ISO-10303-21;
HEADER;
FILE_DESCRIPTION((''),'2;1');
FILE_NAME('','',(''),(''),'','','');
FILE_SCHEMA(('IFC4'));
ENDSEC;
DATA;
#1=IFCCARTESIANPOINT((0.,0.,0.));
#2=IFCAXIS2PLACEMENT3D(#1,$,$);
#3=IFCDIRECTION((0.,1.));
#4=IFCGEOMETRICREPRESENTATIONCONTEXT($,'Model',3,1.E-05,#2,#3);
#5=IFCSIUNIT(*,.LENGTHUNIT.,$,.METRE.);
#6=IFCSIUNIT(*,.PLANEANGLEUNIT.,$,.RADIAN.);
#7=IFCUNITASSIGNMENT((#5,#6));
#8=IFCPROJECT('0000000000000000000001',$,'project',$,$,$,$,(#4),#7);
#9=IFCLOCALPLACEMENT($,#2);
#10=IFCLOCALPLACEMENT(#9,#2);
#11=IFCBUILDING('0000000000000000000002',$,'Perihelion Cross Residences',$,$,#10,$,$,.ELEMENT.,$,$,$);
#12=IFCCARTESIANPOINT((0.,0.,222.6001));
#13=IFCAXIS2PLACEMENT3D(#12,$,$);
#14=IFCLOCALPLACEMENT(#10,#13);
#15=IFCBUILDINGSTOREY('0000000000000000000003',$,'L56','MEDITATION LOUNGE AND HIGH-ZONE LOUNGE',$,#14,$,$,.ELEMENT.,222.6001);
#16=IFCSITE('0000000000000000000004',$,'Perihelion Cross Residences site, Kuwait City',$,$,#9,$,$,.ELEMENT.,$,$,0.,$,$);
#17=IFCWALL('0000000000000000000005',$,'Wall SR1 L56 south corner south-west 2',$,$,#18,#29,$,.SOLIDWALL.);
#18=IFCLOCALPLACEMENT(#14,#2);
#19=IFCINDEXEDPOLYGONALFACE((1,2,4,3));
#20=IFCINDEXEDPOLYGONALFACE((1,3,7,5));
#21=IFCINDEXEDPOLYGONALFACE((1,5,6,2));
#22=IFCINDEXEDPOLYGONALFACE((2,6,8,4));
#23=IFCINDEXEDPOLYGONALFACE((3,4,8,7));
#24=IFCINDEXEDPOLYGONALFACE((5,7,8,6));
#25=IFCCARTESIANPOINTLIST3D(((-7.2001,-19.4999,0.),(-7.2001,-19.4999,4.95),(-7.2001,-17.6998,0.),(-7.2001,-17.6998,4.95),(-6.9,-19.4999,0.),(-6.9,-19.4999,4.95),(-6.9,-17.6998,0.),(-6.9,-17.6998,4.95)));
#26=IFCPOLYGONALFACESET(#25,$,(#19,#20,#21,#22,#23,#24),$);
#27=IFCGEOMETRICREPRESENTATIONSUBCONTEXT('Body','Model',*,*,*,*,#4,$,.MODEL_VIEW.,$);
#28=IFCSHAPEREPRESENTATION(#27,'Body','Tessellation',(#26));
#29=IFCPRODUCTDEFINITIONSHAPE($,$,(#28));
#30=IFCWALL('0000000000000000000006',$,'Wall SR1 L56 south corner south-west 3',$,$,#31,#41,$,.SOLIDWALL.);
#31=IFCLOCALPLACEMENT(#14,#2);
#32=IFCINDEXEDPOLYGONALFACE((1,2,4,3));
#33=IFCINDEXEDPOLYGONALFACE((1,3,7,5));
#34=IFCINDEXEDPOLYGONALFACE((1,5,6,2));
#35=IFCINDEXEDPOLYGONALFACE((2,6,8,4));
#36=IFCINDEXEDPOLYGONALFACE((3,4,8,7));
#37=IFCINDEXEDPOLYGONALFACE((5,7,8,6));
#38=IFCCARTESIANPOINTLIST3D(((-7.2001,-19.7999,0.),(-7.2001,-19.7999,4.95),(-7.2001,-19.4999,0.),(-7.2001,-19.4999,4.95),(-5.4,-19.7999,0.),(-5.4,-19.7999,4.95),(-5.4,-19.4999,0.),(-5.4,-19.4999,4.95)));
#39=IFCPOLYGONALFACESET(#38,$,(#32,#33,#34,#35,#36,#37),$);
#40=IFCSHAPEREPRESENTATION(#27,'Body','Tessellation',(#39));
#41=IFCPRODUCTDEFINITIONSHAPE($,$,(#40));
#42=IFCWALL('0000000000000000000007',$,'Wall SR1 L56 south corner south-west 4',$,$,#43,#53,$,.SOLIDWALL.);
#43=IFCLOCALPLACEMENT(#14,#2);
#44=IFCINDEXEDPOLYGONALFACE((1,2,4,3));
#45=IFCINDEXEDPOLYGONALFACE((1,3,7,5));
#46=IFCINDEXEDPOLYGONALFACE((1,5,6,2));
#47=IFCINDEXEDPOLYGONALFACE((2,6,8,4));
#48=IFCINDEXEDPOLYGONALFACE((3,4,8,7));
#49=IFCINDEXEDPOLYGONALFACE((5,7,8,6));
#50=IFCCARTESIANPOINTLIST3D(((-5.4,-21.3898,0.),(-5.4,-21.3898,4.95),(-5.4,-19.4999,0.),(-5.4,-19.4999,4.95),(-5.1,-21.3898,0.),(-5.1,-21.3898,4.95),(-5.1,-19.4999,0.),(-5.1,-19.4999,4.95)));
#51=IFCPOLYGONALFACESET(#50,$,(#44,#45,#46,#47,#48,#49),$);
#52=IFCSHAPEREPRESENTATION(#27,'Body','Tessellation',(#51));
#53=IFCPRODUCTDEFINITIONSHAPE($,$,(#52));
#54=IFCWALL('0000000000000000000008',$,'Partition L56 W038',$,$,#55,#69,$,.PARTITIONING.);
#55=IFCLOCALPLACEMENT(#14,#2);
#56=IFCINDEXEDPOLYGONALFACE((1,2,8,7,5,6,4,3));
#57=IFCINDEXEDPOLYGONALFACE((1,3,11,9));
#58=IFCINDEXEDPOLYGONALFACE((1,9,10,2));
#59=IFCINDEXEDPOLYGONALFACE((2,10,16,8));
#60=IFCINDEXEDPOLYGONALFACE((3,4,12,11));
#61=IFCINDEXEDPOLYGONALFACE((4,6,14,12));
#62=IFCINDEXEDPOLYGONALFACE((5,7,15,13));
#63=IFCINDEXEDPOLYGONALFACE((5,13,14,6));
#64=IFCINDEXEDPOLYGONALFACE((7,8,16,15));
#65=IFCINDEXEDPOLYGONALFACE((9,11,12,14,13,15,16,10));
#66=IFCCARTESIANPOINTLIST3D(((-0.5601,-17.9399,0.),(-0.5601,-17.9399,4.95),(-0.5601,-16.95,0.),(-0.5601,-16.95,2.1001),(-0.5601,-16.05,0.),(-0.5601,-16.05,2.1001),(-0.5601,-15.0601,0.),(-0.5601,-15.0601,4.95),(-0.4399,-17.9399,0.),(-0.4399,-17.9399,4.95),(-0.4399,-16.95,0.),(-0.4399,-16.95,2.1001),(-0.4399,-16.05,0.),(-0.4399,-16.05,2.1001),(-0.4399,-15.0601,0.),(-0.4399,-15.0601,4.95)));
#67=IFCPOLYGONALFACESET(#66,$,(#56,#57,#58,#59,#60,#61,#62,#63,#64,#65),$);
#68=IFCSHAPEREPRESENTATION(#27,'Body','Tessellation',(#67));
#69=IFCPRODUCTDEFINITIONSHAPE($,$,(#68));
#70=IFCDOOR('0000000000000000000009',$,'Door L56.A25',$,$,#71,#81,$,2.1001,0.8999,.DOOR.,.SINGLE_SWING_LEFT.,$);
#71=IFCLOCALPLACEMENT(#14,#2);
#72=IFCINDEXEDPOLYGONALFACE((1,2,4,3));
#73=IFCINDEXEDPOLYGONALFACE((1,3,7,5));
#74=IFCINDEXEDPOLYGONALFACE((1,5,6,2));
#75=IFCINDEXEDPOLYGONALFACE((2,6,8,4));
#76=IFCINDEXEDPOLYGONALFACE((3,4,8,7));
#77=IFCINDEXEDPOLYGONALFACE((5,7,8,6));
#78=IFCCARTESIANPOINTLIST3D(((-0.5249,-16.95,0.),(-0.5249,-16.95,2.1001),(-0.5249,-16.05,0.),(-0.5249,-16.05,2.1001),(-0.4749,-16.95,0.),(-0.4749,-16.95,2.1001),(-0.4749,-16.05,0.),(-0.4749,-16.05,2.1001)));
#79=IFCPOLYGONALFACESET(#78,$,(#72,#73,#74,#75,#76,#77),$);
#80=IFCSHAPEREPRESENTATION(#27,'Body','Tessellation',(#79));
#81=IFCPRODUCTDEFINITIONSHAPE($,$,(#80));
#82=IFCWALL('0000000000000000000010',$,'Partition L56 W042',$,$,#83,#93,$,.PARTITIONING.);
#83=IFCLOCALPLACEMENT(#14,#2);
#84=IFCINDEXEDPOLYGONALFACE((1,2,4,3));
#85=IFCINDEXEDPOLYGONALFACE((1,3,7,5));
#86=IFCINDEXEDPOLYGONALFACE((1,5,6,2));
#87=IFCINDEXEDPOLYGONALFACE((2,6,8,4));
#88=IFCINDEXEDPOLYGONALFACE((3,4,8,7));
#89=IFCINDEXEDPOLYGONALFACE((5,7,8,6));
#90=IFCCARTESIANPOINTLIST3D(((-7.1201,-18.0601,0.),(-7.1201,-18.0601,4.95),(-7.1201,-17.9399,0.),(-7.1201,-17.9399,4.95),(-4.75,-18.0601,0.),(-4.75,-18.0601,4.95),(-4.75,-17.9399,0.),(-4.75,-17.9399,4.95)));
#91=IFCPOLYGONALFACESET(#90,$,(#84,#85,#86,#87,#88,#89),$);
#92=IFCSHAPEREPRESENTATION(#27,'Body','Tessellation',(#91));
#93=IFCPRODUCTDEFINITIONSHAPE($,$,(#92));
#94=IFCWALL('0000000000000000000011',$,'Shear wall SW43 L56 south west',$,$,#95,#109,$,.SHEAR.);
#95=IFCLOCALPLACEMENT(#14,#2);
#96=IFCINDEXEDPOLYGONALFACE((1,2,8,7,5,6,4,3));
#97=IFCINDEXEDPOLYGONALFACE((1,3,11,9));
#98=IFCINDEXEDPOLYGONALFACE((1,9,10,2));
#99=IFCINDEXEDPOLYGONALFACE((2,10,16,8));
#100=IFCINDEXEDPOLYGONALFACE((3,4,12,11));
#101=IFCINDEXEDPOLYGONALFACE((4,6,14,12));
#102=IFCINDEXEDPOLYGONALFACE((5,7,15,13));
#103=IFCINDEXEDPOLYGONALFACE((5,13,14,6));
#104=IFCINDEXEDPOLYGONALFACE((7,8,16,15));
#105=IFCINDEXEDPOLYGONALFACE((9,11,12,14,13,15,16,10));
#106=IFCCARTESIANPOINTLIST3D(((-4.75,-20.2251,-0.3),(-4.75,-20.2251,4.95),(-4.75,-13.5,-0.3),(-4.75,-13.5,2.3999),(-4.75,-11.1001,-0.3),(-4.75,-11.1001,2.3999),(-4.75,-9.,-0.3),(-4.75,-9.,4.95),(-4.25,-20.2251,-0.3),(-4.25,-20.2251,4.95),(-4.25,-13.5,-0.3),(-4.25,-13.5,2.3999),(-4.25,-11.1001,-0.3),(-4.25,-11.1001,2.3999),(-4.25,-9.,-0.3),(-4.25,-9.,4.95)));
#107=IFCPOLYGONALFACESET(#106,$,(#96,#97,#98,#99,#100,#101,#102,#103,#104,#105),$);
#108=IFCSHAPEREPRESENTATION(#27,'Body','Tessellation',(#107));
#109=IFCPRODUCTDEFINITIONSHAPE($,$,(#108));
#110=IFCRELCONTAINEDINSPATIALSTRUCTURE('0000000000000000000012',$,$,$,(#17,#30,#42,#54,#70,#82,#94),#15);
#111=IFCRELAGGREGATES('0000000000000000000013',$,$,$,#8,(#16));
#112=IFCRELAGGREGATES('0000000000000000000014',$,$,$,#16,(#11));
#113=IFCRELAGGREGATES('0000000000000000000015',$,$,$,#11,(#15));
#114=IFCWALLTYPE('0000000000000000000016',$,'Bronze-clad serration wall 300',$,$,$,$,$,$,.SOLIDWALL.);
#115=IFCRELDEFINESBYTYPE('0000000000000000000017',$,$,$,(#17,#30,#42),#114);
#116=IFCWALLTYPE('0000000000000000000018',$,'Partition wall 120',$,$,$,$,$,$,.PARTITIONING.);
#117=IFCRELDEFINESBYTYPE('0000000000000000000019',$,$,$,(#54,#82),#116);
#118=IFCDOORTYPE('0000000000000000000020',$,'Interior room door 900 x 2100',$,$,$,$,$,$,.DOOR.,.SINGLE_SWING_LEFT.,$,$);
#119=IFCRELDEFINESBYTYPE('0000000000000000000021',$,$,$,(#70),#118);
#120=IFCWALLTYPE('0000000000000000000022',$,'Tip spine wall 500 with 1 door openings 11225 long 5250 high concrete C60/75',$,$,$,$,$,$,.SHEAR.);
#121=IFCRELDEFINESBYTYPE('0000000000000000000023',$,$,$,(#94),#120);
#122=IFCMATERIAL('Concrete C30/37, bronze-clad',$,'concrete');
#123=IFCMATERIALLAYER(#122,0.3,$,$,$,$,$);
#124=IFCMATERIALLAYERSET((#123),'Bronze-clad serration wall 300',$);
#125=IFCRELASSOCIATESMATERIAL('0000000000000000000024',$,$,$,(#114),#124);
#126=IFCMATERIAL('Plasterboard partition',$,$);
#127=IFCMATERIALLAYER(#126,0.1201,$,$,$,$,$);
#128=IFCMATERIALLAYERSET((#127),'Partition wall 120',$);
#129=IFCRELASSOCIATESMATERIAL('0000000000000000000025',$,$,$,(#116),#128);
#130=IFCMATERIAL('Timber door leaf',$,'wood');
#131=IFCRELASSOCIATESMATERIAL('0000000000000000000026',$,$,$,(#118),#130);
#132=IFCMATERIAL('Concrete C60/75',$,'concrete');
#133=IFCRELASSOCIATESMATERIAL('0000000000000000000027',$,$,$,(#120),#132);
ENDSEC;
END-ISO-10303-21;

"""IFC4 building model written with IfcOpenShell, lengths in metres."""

from ifc_helpers import new_model, si_unit, direction, frame, frame_2d, origin, place, context, subcontext, project, spatial, polyline, rectangle, outline, extrude, material, layer, layer_set, material_profile, profile_set, type_object, element, fill, save


model = new_model("IFC4")

# Units and contexts
model_context = context("Model", 3, precision=1e-05, world=origin(), true_north=direction((0.0, 1.0)))
body_context = subcontext(model_context, "Body", "Model", "MODEL_VIEW")
ifc_project = project(units=[si_unit("LENGTHUNIT", "METRE"), si_unit("PLANEANGLEUNIT", "RADIAN")], contexts=[model_context])

# Site, building, storey
site_placement = place(None, origin())
site = spatial("IfcSite", under=ifc_project, at=site_placement, Name="Perihelion Cross Residences site, Kuwait City", CompositionType="ELEMENT", RefElevation=0.0)
building_placement = place(site_placement, origin())
building = spatial("IfcBuilding", under=site, at=building_placement, Name="Perihelion Cross Residences", CompositionType="ELEMENT")
storey_placement = place(building_placement, frame((0.0, 0.0, 222.6001)))
storey = spatial("IfcBuildingStorey", under=building, at=storey_placement, Name="L56", Description="MEDITATION LOUNGE AND HIGH-ZONE LOUNGE", CompositionType="ELEMENT", Elevation=222.6001)

# Walls
ifc_material_1 = material(Name="Concrete C30/37, bronze-clad", Category="concrete")
ifc_layer_1 = layer(ifc_material_1, 0.3)
ifc_layer_set_1 = layer_set([ifc_layer_1], Name="Bronze-clad serration wall 300")
wall_type_1 = type_object("IfcWallType", Name="Bronze-clad serration wall 300", PredefinedType="SOLIDWALL", material=ifc_layer_set_1)
for number, where, z_axis, x_axis, name in (
    (1, (-7.05, -17.7, 0.0), (0.0, 0.0, 1.0), (0.0, -1.0, 0.0), "Wall SR1 L56 south corner south-west 2"),
    (2, (-7.2, -19.6499, 0.0), (0.0, 0.0, 1.0), (1.0, 0.0, 0.0), "Wall SR1 L56 south corner south-west 3"),
):
    element("IfcWall", number, at=place(storey_placement, frame(where, z_axis=z_axis, x_axis=x_axis)), inside=storey, type_object=wall_type_1, Name=name, PredefinedType="SOLIDWALL", context=body_context, shape_type="SweptSolid", body=[
        extrude(rectangle(XDim=1.8, YDim=0.3, at=frame_2d((0.8999, 0.0))), origin(), (0.0, 0.0, 1.0), 4.95),
    ])
wall_1_placement = place(storey_placement, frame((-5.25, -19.5, 0.0), z_axis=(0.0, 0.0, 1.0), x_axis=(0.0, -1.0, 0.0)))
element("IfcWall", 3, at=wall_1_placement, inside=storey, type_object=wall_type_1, Name="Wall SR1 L56 south corner south-west 4", PredefinedType="SOLIDWALL", context=body_context, shape_type="SweptSolid", body=[
    extrude(rectangle(XDim=1.8899, YDim=0.3, at=frame_2d((0.9448, 0.0))), origin(), (0.0, 0.0, 1.0), 4.95),
])

# Wall, opening, door
ifc_material_2 = material(Name="Plasterboard partition")
ifc_layer_2 = layer(ifc_material_2, 0.1201)
ifc_layer_set_2 = layer_set([ifc_layer_2], Name="Partition wall 120")
wall_type_2 = type_object("IfcWallType", Name="Partition wall 120", PredefinedType="PARTITIONING", material=ifc_layer_set_2)
wall_2_placement = place(storey_placement, frame((-0.5, -17.9399, 0.0), z_axis=(0.0, 0.0, 1.0), x_axis=(0.0, 1.0, 0.0)))
wall_2 = element("IfcWall", 4, at=wall_2_placement, inside=storey, type_object=wall_type_2, Name="Partition L56 W038", PredefinedType="PARTITIONING", context=body_context, shape_type="SweptSolid", body=[
    extrude(rectangle(XDim=2.8799, YDim=0.1201, at=frame_2d((1.4399, 0.0))), origin(), (0.0, 0.0, 1.0), 4.95),
])
opening_placement = place(wall_2_placement, frame((0.99, 0.0, 0.0)))
opening = element("IfcOpeningElement", 5, at=opening_placement, cuts=wall_2, PredefinedType="OPENING", context=body_context, shape_type="SweptSolid", body=[
    extrude(rectangle(XDim=0.8999, YDim=2.1001, at=frame_2d((0.45, 1.05))), frame((0.0, 0.0701, 0.0), z_axis=(0.0, -1.0, 0.0), x_axis=(1.0, 0.0, 0.0)), (0.0, 0.0, 1.0), 0.1401),
])
ifc_material_3 = material(Name="Timber door leaf", Category="wood")
door_type = type_object("IfcDoorType", Name="Interior room door 900 x 2100", OperationType="SINGLE_SWING_LEFT", PredefinedType="DOOR", material=ifc_material_3)
door_placement = place(opening_placement, origin())
door = element("IfcDoor", 6, at=door_placement, inside=storey, type_object=door_type, Name="Door L56.A25", OperationType="SINGLE_SWING_LEFT", OverallHeight=2.1001, OverallWidth=0.8999, PredefinedType="DOOR", context=body_context, shape_type="SweptSolid", body=[
    extrude(rectangle(XDim=0.8999, YDim=2.1001, at=frame_2d((0.45, 1.05))), frame((0.0, 0.0249, 0.0), z_axis=(0.0, -1.0, 0.0), x_axis=(1.0, 0.0, 0.0)), (0.0, 0.0, 1.0), 0.05),
])
fill(opening, door)

# Walls
wall_3_placement = place(storey_placement, frame((-4.75, -18.0, 0.0), z_axis=(0.0, 0.0, 1.0), x_axis=(-1.0, 0.0, 0.0)))
element("IfcWall", 7, at=wall_3_placement, inside=storey, type_object=wall_type_2, Name="Partition L56 W042", PredefinedType="PARTITIONING", context=body_context, shape_type="SweptSolid", body=[
    extrude(rectangle(XDim=2.3701, YDim=0.1201, at=frame_2d((1.1851, 0.0))), origin(), (0.0, 0.0, 1.0), 4.95),
])
ifc_material_4 = material(Name="Concrete C60/75", Category="concrete")
ifc_material_profile_1 = material_profile(ifc_material_4, outline(polyline([(0.0, 0.0), (6.7251, 0.0), (6.7251, 2.7), (9.125, 2.7), (9.125, 0.0), (11.2251, 0.0), (11.2251, 5.25), (0.0, 5.25), (0.0, 0.0)])), Name="Tip spine wall")
ifc_profile_set_1 = profile_set([ifc_material_profile_1], Name="Concrete C60/75")
wall_type_3 = type_object("IfcWallType", Name="Tip spine wall 500 with 1 door openings 11225 long 5250 high concrete C60/75", PredefinedType="SHEAR", material=ifc_profile_set_1)
wall_4_placement = place(storey_placement, frame((-4.75, -20.2251, -0.3), z_axis=(1.0, 0.0, 0.0), x_axis=(0.0, 1.0, 0.0)))
element("IfcWall", 8, at=wall_4_placement, inside=storey, type_object=wall_type_3, Name="Shear wall SW43 L56 south west", PredefinedType="SHEAR", context=body_context, shape_type="SweptSolid", body=[
    extrude(outline(polyline([(0.0, 0.0), (6.7251, 0.0), (6.7251, 2.7), (9.125, 2.7), (9.125, 0.0), (11.2251, 0.0), (11.2251, 5.25), (0.0, 5.25), (0.0, 0.0)])), origin(), (0.0, 0.0, 1.0), 0.5),
])

save(model, "model.ifc")
